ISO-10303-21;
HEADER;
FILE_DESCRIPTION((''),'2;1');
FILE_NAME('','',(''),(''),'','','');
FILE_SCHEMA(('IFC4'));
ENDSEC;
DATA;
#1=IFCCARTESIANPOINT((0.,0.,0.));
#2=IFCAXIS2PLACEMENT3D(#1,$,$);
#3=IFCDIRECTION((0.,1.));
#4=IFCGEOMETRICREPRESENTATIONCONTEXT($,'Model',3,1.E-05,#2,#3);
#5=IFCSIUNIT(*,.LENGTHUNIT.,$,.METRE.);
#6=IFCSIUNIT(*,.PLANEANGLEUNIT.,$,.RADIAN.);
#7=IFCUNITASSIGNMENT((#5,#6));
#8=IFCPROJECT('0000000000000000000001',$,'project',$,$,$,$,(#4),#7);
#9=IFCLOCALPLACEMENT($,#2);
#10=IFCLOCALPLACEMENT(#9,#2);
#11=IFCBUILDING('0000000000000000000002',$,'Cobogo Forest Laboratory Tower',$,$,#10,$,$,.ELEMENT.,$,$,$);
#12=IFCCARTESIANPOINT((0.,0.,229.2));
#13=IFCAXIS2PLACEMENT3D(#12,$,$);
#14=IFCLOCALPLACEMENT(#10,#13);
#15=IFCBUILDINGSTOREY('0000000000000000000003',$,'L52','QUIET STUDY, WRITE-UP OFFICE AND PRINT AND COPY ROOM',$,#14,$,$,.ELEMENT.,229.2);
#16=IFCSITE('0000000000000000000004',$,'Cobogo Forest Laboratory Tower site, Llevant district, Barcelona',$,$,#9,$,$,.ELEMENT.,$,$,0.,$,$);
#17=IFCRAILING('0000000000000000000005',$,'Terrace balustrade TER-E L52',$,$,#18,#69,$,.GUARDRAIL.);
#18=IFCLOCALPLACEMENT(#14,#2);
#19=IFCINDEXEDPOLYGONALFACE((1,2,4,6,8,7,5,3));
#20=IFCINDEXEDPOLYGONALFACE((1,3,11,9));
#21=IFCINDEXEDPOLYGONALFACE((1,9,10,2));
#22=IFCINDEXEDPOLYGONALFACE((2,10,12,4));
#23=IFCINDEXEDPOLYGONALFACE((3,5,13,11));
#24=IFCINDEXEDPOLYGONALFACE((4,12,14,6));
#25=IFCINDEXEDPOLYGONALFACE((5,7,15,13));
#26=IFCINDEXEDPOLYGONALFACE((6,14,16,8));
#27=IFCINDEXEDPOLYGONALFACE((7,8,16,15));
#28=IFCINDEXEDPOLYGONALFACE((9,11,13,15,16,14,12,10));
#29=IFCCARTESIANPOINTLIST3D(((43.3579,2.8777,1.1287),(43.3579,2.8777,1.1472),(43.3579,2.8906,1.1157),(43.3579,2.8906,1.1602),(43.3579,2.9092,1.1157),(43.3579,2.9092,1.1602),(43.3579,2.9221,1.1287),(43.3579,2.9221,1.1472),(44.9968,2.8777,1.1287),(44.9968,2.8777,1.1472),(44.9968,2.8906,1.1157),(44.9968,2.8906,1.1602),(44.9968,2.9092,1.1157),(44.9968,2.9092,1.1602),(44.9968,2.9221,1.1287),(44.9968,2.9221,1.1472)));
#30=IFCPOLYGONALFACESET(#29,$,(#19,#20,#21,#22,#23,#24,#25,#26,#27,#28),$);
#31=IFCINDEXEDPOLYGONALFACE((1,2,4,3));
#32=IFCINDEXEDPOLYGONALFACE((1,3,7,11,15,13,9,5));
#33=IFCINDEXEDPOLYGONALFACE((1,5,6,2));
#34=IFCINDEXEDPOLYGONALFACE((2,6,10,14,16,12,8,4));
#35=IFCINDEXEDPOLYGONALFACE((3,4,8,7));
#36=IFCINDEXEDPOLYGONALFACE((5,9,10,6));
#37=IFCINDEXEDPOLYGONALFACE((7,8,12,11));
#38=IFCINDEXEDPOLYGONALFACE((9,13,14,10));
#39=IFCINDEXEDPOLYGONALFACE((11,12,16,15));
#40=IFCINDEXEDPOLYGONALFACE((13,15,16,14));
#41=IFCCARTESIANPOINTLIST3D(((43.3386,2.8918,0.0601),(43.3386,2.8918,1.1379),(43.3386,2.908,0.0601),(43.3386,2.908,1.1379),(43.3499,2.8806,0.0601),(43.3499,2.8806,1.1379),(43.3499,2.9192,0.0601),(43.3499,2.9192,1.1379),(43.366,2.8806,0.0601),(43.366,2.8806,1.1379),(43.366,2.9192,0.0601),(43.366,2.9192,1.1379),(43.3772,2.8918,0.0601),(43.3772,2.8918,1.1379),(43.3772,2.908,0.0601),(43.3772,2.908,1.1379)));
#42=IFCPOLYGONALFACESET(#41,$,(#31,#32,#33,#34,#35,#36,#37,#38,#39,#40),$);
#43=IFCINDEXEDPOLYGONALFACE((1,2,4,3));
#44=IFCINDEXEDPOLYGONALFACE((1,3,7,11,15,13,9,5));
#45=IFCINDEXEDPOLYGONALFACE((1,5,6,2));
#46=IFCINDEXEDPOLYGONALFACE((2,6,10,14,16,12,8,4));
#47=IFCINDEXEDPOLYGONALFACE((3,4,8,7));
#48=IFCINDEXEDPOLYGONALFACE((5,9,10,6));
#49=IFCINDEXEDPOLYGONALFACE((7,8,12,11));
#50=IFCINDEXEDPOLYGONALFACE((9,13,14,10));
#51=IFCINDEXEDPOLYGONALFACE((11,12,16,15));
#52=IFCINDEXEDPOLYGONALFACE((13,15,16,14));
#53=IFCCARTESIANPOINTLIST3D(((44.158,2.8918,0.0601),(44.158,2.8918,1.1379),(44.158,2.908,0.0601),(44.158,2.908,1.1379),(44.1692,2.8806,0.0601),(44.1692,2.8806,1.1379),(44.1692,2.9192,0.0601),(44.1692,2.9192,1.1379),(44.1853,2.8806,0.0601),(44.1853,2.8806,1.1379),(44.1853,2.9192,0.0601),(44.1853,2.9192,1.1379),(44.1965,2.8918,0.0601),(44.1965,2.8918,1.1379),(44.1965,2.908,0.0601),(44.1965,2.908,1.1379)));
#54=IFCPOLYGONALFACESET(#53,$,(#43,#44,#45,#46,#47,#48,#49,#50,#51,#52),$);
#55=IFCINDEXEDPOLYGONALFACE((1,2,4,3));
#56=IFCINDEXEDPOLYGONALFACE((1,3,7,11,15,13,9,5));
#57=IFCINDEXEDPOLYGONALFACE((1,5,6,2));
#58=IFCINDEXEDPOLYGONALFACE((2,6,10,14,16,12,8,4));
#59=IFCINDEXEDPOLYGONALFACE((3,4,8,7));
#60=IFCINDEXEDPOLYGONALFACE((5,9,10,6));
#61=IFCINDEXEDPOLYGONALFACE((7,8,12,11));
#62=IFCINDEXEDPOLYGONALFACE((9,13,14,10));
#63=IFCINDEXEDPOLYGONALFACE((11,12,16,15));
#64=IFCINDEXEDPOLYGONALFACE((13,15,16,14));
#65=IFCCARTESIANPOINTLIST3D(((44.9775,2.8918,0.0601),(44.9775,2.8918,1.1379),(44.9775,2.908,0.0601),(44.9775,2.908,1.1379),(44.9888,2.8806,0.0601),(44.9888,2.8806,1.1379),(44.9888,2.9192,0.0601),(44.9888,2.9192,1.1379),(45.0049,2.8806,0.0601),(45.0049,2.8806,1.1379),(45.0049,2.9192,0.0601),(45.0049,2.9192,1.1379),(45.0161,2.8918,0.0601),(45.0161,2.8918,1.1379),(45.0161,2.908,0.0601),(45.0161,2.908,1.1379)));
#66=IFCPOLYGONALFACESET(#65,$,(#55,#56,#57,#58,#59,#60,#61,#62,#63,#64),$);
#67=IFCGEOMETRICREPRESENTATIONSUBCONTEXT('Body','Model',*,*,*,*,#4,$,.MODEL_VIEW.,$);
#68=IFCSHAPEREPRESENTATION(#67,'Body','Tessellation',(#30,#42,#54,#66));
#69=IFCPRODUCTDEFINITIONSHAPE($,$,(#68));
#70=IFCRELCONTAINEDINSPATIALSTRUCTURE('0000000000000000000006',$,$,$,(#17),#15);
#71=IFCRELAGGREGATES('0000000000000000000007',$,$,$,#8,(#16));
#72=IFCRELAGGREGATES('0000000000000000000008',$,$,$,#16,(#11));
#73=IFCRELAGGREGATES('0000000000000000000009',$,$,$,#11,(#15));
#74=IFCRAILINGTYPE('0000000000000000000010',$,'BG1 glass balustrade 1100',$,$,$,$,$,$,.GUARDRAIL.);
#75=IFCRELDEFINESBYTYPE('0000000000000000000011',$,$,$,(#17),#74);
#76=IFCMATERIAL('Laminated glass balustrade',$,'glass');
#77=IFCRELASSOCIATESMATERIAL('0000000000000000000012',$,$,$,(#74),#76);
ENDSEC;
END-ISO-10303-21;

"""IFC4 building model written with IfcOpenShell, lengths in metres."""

from ifc_helpers import new_model, si_unit, direction, frame, origin, place, context, subcontext, project, spatial, polyline, outline, extrude, material, type_object, element, save


model = new_model("IFC4")

# Units and contexts
model_context = context("Model", 3, precision=1e-05, world=origin(), true_north=direction((0.0, 1.0)))
body_context = subcontext(model_context, "Body", "Model", "MODEL_VIEW")
ifc_project = project(units=[si_unit("LENGTHUNIT", "METRE"), si_unit("PLANEANGLEUNIT", "RADIAN")], contexts=[model_context])

# Site, building, storey
site_placement = place(None, origin())
site = spatial("IfcSite", under=ifc_project, at=site_placement, Name="Cobogo Forest Laboratory Tower site, Llevant district, Barcelona", CompositionType="ELEMENT", RefElevation=0.0)
building_placement = place(site_placement, origin())
building = spatial("IfcBuilding", under=site, at=building_placement, Name="Cobogo Forest Laboratory Tower", CompositionType="ELEMENT")
storey_placement = place(building_placement, frame((0.0, 0.0, 229.2)))
storey = spatial("IfcBuildingStorey", under=building, at=storey_placement, Name="L52", Description="QUIET STUDY, WRITE-UP OFFICE AND PRINT AND COPY ROOM", CompositionType="ELEMENT", Elevation=229.2)

# Railing
ifc_material_1 = material(Name="Laminated glass balustrade", Category="glass")
railing_type = type_object("IfcRailingType", Name="BG1 glass balustrade 1100", PredefinedType="GUARDRAIL", material=ifc_material_1)
railing_1_placement = place(storey_placement, frame((43.3579, 2.8999, 0.0601)))
element("IfcRailing", 1, at=railing_1_placement, inside=storey, type_object=railing_type, Name="Terrace balustrade TER-E L52", PredefinedType="GUARDRAIL", context=body_context, shape_type="SweptSolid", body=[
    extrude(outline(polyline([(0.0222, 0.0093), (0.0093, 0.0222), (-0.0093, 0.0222), (-0.0222, 0.0093), (-0.0222, -0.0093), (-0.0093, -0.0222), (0.0093, -0.0222), (0.0222, -0.0093), (0.0222, 0.0093)])), frame((0.0, 0.0, 1.0779), z_axis=(1.0, 0.0, 0.0), x_axis=(0.0, 1.0, 0.0)), (0.0, 0.0, 1.0), 1.6389),
    extrude(outline(polyline([(0.0193, 0.0081), (0.0081, 0.0193), (-0.0081, 0.0193), (-0.0193, 0.0081), (-0.0193, -0.0081), (-0.0081, -0.0193), (0.0081, -0.0193), (0.0193, -0.0081), (0.0193, 0.0081)])), origin(), (0.0, 0.0, 1.0), 1.0779),
    extrude(outline(polyline([(0.0193, 0.0081), (0.0081, 0.0193), (-0.0081, 0.0193), (-0.0193, 0.0081), (-0.0193, -0.0081), (-0.0081, -0.0193), (0.0081, -0.0193), (0.0193, -0.0081), (0.0193, 0.0081)])), frame((0.8193, 0.0, 0.0)), (0.0, 0.0, 1.0), 1.0779),
    extrude(outline(polyline([(0.0193, 0.0081), (0.0081, 0.0193), (-0.0081, 0.0193), (-0.0193, 0.0081), (-0.0193, -0.0081), (-0.0081, -0.0193), (0.0081, -0.0193), (0.0193, -0.0081), (0.0193, 0.0081)])), frame((1.6389, 0.0, 0.0)), (0.0, 0.0, 1.0), 1.0779),
])

save(model, "model.ifc")
